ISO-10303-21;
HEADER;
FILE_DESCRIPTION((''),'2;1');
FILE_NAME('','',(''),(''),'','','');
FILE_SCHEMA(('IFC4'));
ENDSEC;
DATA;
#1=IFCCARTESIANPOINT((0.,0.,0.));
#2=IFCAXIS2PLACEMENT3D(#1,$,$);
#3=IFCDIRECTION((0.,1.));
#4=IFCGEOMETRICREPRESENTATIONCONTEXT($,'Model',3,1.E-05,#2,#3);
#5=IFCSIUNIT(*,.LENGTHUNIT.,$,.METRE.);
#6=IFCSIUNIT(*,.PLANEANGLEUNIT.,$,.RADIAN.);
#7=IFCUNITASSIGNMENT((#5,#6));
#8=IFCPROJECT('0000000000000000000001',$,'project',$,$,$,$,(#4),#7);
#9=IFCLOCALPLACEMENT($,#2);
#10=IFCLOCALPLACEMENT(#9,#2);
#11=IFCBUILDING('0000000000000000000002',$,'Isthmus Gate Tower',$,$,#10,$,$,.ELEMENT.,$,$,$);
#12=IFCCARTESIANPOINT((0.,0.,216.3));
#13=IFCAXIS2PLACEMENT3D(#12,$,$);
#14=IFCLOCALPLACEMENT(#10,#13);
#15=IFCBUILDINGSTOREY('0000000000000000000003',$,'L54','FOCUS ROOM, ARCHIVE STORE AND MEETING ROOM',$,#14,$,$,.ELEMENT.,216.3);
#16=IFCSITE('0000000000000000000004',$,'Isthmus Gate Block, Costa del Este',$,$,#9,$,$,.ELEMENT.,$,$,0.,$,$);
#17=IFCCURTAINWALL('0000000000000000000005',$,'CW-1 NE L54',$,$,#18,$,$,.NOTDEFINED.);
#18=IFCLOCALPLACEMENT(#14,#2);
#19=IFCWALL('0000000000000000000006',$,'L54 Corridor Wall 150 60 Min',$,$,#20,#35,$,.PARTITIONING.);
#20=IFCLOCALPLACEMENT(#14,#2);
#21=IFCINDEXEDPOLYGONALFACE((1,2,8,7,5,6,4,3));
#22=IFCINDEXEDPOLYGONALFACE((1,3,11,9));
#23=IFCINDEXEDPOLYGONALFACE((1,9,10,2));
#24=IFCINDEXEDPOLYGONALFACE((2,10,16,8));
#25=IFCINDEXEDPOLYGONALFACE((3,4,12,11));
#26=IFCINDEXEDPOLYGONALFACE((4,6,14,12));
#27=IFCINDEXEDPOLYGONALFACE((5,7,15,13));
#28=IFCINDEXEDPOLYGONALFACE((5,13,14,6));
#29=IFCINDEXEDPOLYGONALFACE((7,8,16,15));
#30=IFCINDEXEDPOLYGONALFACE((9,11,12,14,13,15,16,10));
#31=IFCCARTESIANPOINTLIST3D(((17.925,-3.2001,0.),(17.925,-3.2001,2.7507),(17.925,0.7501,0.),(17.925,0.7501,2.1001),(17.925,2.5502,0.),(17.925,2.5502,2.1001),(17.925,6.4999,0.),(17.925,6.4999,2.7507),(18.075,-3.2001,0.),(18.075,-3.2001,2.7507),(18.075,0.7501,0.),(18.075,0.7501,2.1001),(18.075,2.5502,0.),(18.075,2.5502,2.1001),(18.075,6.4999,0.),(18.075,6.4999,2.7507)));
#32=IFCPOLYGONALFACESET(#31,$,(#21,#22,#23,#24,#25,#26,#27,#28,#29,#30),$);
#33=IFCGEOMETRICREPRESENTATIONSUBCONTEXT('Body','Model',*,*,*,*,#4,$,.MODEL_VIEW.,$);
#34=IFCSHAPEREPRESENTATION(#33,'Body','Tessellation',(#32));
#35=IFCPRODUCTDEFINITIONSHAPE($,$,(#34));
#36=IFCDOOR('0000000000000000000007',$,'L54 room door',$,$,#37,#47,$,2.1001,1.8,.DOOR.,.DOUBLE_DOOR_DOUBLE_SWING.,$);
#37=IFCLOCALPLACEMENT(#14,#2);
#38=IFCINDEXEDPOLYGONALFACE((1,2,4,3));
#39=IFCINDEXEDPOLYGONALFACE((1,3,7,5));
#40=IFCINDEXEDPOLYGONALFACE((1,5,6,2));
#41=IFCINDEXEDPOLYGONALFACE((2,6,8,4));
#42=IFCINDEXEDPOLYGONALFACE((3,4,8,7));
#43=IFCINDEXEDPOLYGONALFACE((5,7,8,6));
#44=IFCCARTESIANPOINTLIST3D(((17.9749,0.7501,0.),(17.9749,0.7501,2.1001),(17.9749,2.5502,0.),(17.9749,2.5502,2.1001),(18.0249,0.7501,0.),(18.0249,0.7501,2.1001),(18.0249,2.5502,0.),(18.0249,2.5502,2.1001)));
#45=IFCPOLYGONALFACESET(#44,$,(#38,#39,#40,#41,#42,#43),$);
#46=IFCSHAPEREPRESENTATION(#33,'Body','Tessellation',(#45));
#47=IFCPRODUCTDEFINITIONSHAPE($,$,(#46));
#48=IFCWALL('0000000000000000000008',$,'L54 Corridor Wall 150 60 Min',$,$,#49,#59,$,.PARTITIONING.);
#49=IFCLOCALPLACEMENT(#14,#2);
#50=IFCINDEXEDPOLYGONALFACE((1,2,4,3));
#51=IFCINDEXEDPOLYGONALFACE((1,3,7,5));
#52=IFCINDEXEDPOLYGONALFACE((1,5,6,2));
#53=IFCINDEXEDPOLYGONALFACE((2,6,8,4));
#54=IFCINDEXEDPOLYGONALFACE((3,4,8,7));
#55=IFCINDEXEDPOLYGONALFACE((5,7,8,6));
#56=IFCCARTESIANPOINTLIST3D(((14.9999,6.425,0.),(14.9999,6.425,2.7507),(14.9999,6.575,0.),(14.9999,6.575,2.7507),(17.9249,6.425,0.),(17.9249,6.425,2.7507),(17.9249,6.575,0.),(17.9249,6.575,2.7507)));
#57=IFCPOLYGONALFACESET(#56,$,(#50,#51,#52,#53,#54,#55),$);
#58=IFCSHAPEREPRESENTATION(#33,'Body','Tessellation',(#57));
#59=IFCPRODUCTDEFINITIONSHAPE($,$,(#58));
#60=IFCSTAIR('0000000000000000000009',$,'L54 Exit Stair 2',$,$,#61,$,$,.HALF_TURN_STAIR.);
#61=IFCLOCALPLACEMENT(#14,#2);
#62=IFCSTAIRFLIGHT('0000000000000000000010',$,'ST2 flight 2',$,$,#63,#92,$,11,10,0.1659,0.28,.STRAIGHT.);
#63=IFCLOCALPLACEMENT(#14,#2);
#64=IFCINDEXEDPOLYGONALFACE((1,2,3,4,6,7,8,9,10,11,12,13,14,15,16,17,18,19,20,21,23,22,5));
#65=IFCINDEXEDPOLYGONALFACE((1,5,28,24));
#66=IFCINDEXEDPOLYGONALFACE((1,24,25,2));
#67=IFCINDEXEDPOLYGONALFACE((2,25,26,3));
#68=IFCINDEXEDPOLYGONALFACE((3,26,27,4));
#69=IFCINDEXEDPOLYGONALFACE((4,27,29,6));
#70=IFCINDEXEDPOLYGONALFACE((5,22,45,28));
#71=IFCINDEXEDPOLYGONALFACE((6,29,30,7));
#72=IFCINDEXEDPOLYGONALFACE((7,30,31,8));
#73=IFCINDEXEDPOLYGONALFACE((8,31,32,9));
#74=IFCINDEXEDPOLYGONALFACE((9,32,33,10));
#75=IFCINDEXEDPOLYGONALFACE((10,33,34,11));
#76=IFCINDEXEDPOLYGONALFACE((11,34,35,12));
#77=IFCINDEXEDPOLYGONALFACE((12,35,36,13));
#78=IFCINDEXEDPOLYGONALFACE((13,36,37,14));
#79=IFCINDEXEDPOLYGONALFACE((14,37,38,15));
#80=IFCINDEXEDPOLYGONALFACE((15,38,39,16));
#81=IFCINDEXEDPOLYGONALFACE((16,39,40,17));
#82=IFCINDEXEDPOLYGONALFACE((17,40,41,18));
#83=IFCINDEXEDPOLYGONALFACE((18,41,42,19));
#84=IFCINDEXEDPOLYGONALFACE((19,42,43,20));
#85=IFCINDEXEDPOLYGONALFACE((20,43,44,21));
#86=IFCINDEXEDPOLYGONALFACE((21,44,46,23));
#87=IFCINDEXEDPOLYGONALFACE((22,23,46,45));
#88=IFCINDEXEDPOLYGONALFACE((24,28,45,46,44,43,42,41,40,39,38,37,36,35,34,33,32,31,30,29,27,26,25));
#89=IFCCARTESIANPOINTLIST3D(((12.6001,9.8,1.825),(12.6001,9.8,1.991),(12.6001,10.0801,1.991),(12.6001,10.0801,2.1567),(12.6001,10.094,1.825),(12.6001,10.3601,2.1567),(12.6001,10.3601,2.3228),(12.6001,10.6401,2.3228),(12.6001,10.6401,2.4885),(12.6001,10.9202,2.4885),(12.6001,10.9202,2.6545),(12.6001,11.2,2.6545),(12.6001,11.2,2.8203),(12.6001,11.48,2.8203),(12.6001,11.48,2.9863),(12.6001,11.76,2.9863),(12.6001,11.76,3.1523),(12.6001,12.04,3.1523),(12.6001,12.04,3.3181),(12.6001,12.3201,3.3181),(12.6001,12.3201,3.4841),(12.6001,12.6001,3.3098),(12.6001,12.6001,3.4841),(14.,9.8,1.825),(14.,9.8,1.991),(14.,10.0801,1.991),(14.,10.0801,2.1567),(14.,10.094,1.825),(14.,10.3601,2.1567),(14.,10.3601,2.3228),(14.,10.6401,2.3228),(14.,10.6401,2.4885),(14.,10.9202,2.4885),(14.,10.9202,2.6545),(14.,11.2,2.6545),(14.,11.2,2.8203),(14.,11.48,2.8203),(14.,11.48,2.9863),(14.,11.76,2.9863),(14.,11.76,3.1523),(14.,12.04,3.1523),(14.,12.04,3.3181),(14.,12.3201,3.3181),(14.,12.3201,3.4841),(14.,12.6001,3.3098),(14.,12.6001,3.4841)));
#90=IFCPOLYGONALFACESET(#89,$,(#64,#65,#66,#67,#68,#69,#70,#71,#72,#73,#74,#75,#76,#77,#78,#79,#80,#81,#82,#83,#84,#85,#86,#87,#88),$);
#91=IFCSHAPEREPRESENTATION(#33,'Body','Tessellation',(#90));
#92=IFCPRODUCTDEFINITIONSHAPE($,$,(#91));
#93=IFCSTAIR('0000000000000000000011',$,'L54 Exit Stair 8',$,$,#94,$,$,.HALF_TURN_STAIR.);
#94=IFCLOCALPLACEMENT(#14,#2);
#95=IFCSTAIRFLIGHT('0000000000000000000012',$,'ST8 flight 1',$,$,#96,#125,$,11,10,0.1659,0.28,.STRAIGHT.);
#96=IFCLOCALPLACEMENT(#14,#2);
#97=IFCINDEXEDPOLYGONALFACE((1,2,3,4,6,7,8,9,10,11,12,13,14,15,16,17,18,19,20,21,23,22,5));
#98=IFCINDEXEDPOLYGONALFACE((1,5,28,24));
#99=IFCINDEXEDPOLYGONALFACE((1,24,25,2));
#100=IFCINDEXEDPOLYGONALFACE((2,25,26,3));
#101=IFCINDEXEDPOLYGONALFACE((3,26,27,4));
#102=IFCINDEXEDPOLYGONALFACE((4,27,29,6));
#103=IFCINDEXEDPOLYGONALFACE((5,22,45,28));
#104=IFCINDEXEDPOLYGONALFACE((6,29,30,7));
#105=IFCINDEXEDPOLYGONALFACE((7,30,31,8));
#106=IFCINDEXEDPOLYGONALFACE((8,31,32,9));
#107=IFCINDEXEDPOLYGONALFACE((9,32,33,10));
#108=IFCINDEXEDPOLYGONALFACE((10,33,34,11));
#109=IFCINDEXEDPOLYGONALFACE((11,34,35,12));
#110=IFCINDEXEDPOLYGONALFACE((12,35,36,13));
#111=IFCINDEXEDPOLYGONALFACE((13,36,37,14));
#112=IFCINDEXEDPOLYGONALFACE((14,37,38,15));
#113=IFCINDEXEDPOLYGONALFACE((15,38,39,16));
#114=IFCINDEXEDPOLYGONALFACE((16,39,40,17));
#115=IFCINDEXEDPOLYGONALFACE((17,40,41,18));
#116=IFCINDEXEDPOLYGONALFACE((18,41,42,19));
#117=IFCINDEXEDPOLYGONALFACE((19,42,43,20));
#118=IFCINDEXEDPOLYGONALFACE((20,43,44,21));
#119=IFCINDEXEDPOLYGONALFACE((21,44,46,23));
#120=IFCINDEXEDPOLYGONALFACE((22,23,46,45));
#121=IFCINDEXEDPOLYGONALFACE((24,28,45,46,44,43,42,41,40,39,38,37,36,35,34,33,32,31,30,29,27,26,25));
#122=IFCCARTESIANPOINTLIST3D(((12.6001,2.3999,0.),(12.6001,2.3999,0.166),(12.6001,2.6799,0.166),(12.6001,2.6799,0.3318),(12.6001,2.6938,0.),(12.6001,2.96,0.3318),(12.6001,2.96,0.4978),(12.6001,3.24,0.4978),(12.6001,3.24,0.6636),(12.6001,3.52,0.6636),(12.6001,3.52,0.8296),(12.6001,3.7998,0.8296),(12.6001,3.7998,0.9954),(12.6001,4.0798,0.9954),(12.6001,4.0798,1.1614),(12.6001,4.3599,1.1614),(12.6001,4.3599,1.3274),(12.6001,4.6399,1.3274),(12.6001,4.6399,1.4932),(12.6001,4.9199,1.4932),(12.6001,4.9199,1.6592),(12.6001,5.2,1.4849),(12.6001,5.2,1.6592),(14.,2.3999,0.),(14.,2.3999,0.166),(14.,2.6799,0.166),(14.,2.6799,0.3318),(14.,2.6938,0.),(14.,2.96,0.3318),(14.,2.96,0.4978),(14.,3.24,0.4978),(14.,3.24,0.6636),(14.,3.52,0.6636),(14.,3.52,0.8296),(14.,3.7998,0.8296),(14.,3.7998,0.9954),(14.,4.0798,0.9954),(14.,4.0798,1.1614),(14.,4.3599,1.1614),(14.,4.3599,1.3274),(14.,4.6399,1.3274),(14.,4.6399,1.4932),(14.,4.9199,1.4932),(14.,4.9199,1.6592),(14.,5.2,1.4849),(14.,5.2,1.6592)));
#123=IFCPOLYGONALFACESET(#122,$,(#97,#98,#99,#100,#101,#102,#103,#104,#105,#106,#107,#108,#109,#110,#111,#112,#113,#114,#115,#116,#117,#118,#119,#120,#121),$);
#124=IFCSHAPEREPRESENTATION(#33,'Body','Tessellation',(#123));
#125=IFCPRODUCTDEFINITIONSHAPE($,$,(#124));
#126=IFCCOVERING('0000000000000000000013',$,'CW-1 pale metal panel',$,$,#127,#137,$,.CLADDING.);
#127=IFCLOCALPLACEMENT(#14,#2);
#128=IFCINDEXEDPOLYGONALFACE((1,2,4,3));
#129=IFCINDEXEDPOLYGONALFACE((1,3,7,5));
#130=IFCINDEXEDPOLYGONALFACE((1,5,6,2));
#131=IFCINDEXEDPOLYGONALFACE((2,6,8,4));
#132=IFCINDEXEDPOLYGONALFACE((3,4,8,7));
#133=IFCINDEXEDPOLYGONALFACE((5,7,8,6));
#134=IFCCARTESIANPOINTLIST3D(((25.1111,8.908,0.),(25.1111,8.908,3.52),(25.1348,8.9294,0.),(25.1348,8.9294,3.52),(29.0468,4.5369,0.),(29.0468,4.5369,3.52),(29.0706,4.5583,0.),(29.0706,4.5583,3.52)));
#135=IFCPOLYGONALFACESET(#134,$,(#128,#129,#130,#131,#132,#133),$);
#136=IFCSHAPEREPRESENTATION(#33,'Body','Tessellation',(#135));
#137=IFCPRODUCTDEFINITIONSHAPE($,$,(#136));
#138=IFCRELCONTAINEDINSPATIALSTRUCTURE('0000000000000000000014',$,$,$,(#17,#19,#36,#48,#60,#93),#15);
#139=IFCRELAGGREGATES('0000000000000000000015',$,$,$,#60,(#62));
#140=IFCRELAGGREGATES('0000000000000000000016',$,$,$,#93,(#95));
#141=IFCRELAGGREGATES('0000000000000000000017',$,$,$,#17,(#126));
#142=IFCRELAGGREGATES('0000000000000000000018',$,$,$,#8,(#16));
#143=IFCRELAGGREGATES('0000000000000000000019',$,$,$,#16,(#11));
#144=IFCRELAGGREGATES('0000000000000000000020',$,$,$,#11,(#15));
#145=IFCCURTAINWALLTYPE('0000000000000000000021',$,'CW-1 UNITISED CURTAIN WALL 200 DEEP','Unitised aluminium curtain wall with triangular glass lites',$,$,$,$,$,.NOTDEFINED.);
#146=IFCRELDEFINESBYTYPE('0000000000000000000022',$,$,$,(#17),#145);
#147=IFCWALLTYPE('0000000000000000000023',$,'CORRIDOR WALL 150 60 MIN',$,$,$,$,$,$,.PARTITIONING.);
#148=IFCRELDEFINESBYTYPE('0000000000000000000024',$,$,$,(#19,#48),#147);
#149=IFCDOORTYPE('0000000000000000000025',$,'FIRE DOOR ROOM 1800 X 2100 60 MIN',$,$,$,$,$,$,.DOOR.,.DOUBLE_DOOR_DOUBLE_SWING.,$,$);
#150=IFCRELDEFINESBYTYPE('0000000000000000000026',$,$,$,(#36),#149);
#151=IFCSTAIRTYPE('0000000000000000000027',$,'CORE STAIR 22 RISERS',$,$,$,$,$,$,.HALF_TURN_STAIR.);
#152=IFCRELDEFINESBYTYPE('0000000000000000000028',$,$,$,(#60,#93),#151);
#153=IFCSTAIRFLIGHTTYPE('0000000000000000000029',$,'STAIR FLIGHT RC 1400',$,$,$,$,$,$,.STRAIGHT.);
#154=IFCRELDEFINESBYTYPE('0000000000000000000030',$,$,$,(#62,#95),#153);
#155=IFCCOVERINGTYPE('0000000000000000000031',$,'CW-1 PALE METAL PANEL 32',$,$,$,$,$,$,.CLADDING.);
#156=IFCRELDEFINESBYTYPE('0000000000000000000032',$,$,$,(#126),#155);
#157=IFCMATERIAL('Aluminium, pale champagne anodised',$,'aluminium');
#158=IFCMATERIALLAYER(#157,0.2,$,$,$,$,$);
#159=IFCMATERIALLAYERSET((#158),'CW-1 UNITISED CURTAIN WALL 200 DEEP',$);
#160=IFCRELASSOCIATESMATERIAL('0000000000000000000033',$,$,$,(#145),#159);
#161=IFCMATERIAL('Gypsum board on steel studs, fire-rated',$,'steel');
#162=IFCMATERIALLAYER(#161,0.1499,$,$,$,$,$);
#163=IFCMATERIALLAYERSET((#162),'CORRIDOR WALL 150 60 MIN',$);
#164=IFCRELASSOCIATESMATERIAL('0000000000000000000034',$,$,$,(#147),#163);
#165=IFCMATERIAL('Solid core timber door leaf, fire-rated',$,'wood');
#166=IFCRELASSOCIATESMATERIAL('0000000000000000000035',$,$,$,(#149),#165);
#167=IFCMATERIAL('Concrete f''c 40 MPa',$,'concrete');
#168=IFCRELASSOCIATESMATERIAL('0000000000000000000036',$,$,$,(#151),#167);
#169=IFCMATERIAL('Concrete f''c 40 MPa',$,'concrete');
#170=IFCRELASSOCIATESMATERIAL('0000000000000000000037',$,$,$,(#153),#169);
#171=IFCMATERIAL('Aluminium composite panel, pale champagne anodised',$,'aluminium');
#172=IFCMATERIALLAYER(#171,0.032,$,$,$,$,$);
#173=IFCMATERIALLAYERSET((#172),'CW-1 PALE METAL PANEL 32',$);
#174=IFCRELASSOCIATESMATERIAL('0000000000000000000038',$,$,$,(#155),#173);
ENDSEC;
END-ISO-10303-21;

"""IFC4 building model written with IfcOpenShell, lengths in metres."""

from ifc_helpers import new_model, si_unit, direction, frame, frame_2d, origin, origin_2d, place, context, subcontext, project, spatial, polyline, rectangle, outline, extrude, material, layer, layer_set, type_object, element, fill, aggregate, save


model = new_model("IFC4")

# Units and contexts
model_context = context("Model", 3, precision=1e-05, world=origin(), true_north=direction((0.0, 1.0)))
body_context = subcontext(model_context, "Body", "Model", "MODEL_VIEW")
ifc_project = project(units=[si_unit("LENGTHUNIT", "METRE"), si_unit("PLANEANGLEUNIT", "RADIAN")], contexts=[model_context])

# Site, building, storey
site_placement = place(None, origin())
site = spatial("IfcSite", under=ifc_project, at=site_placement, Name="Isthmus Gate Block, Costa del Este", CompositionType="ELEMENT", RefElevation=0.0)
building_placement = place(site_placement, origin())
building = spatial("IfcBuilding", under=site, at=building_placement, Name="Isthmus Gate Tower", CompositionType="ELEMENT")
storey_placement = place(building_placement, frame((0.0, 0.0, 216.3)))
storey = spatial("IfcBuildingStorey", under=building, at=storey_placement, Name="L54", Description="FOCUS ROOM, ARCHIVE STORE AND MEETING ROOM", CompositionType="ELEMENT", Elevation=216.3)

# Curtain wall
ifc_material_1 = material(Name="Aluminium, pale champagne anodised", Category="aluminium")
ifc_layer_1 = layer(ifc_material_1, 0.2)
ifc_layer_set_1 = layer_set([ifc_layer_1], Name="CW-1 UNITISED CURTAIN WALL 200 DEEP")
curtain_wall_type = type_object("IfcCurtainWallType", Name="CW-1 UNITISED CURTAIN WALL 200 DEEP", Description="Unitised aluminium curtain wall with triangular glass lites", PredefinedType="NOTDEFINED", material=ifc_layer_set_1)
curtain_wall_1_placement = place(storey_placement, origin())
curtain_wall_1 = element("IfcCurtainWall", 1, at=curtain_wall_1_placement, inside=storey, type_object=curtain_wall_type, Name="CW-1 NE L54", PredefinedType="NOTDEFINED")

# Wall, opening, door
ifc_material_2 = material(Name="Gypsum board on steel studs, fire-rated", Category="steel")
ifc_layer_2 = layer(ifc_material_2, 0.1499)
ifc_layer_set_2 = layer_set([ifc_layer_2], Name="CORRIDOR WALL 150 60 MIN")
wall_type = type_object("IfcWallType", Name="CORRIDOR WALL 150 60 MIN", PredefinedType="PARTITIONING", material=ifc_layer_set_2)
wall_1_placement = place(storey_placement, frame((18.0, 6.5, 0.0), z_axis=(0.0, 0.0, 1.0), x_axis=(0.0, -1.0, 0.0)))
wall_1 = element("IfcWall", 2, at=wall_1_placement, inside=storey, type_object=wall_type, Name="L54 Corridor Wall 150 60 Min", PredefinedType="PARTITIONING", context=body_context, shape_type="SweptSolid", body=[
    extrude(rectangle(XDim=9.7, YDim=0.1499, at=frame_2d((4.8501, 0.0))), origin(), (0.0, 0.0, 1.0), 2.7507),
])
opening_placement = place(wall_1_placement, frame((3.95, 0.0, 0.0)))
opening = element("IfcOpeningElement", 3, at=opening_placement, cuts=wall_1, PredefinedType="OPENING", context=body_context, shape_type="SweptSolid", body=[
    extrude(rectangle(XDim=1.8, YDim=2.1001, at=frame_2d((0.8999, 1.05))), frame((0.0, 0.085, 0.0), z_axis=(0.0, -1.0, 0.0), x_axis=(1.0, 0.0, 0.0)), (0.0, 0.0, 1.0), 0.1699),
])
ifc_material_3 = material(Name="Solid core timber door leaf, fire-rated", Category="wood")
door_type = type_object("IfcDoorType", Name="FIRE DOOR ROOM 1800 X 2100 60 MIN", OperationType="DOUBLE_DOOR_DOUBLE_SWING", PredefinedType="DOOR", material=ifc_material_3)
door_placement = place(opening_placement, origin())
door = element("IfcDoor", 4, at=door_placement, inside=storey, type_object=door_type, Name="L54 room door", OperationType="DOUBLE_DOOR_DOUBLE_SWING", OverallHeight=2.1001, OverallWidth=1.8, PredefinedType="DOOR", context=body_context, shape_type="SweptSolid", body=[
    extrude(rectangle(XDim=1.8, YDim=2.1001, at=frame_2d((0.8999, 1.05))), frame((0.0, 0.0249, 0.0), z_axis=(0.0, -1.0, 0.0), x_axis=(1.0, 0.0, 0.0)), (0.0, 0.0, 1.0), 0.05),
])
fill(opening, door)

# Wall
wall_2_placement = place(storey_placement, frame((15.0, 6.5, 0.0), z_axis=(0.0, 0.0, 1.0), x_axis=(1.0, 0.0, 0.0)))
element("IfcWall", 5, at=wall_2_placement, inside=storey, type_object=wall_type, Name="L54 Corridor Wall 150 60 Min", PredefinedType="PARTITIONING", context=body_context, shape_type="SweptSolid", body=[
    extrude(rectangle(XDim=2.925, YDim=0.1499, at=frame_2d((1.4624, 0.0))), origin(), (0.0, 0.0, 1.0), 2.7507),
])

# Stairs, stair flights
ifc_material_4 = material(Name="Concrete f'c 40 MPa", Category="concrete")
stair_type = type_object("IfcStairType", Name="CORE STAIR 22 RISERS", PredefinedType="HALF_TURN_STAIR", material=ifc_material_4)
stair_1_placement = place(storey_placement, origin())
stair_1 = element("IfcStair", 6, at=stair_1_placement, inside=storey, type_object=stair_type, Name="L54 Exit Stair 2", PredefinedType="HALF_TURN_STAIR")
ifc_material_5 = material(Name="Concrete f'c 40 MPa", Category="concrete")
stair_flight_type = type_object("IfcStairFlightType", Name="STAIR FLIGHT RC 1400", PredefinedType="STRAIGHT", material=ifc_material_5)
stair_flight_1_placement = place(storey_placement, frame((13.3, 9.8, 1.825), z_axis=(0.0, 0.0, 1.0), x_axis=(0.0, 1.0, 0.0)))
stair_flight_1 = element("IfcStairFlight", 7, at=stair_flight_1_placement, type_object=stair_flight_type, Name="ST2 flight 2", NumberOfRisers=11, NumberOfTreads=10, PredefinedType="STRAIGHT", RiserHeight=0.1659, TreadLength=0.28, context=body_context, shape_type="SweptSolid", body=[
    extrude(outline(polyline([(0.0, 0.0), (0.0, 0.166), (0.28, 0.166), (0.28, 0.3318), (0.5601, 0.3318), (0.5601, 0.4978), (0.8401, 0.4978), (0.8401, 0.6636), (1.1201, 0.6636), (1.1201, 0.8296), (1.3999, 0.8296), (1.3999, 0.9954), (1.6799, 0.9954), (1.6799, 1.1614), (1.96, 1.1614), (1.96, 1.3274), (2.24, 1.3274), (2.24, 1.4932), (2.52, 1.4932), (2.52, 1.6592), (2.8, 1.6592), (2.8, 1.825), (2.8, 1.4849), (0.2939, 0.0), (0.0, 0.0)])), frame((0.0, 0.7, 0.0), z_axis=(0.0, -1.0, 0.0), x_axis=(1.0, 0.0, 0.0)), (0.0, 0.0, 1.0), 1.3999),
])
aggregate(stair_1, [stair_flight_1])
stair_2_placement = place(storey_placement, origin())
stair_2 = element("IfcStair", 8, at=stair_2_placement, inside=storey, type_object=stair_type, Name="L54 Exit Stair 8", PredefinedType="HALF_TURN_STAIR")
stair_flight_2_placement = place(storey_placement, frame((13.3, 2.3999, 0.0), z_axis=(0.0, 0.0, 1.0), x_axis=(0.0, 1.0, 0.0)))
stair_flight_2 = element("IfcStairFlight", 9, at=stair_flight_2_placement, type_object=stair_flight_type, Name="ST8 flight 1", NumberOfRisers=11, NumberOfTreads=10, PredefinedType="STRAIGHT", RiserHeight=0.1659, TreadLength=0.28, context=body_context, shape_type="SweptSolid", body=[
    extrude(outline(polyline([(0.0, 0.0), (0.0, 0.166), (0.28, 0.166), (0.28, 0.3318), (0.5601, 0.3318), (0.5601, 0.4978), (0.8401, 0.4978), (0.8401, 0.6636), (1.1201, 0.6636), (1.1201, 0.8296), (1.3999, 0.8296), (1.3999, 0.9954), (1.6799, 0.9954), (1.6799, 1.1614), (1.96, 1.1614), (1.96, 1.3274), (2.24, 1.3274), (2.24, 1.4932), (2.52, 1.4932), (2.52, 1.6592), (2.8, 1.6592), (2.8, 1.825), (2.8, 1.4849), (0.2939, 0.0), (0.0, 0.0)])), frame((0.0, 0.7, 0.0), z_axis=(0.0, -1.0, 0.0), x_axis=(1.0, 0.0, 0.0)), (0.0, 0.0, 1.0), 1.3999),
])
aggregate(stair_2, [stair_flight_2])

# Covering
ifc_material_6 = material(Name="Aluminium composite panel, pale champagne anodised", Category="aluminium")
ifc_layer_3 = layer(ifc_material_6, 0.032)
ifc_layer_set_3 = layer_set([ifc_layer_3], Name="CW-1 PALE METAL PANEL 32")
covering_type = type_object("IfcCoveringType", Name="CW-1 PALE METAL PANEL 32", PredefinedType="CLADDING", material=ifc_layer_set_3)
covering_placement = place(storey_placement, frame((27.0908, 6.7332, 0.0), z_axis=(0.0, 0.0, 1.0), x_axis=(-0.669131, 0.743145, 0.0)))
covering = element("IfcCovering", 10, at=covering_placement, type_object=covering_type, Name="CW-1 pale metal panel", PredefinedType="CLADDING", context=body_context, shape_type="SweptSolid", body=[
    extrude(rectangle(XDim=5.8818, YDim=0.032, at=origin_2d()), origin(), (0.0, 0.0, 1.0), 3.52),
])
aggregate(curtain_wall_1, [covering])

save(model, "model.ifc")
